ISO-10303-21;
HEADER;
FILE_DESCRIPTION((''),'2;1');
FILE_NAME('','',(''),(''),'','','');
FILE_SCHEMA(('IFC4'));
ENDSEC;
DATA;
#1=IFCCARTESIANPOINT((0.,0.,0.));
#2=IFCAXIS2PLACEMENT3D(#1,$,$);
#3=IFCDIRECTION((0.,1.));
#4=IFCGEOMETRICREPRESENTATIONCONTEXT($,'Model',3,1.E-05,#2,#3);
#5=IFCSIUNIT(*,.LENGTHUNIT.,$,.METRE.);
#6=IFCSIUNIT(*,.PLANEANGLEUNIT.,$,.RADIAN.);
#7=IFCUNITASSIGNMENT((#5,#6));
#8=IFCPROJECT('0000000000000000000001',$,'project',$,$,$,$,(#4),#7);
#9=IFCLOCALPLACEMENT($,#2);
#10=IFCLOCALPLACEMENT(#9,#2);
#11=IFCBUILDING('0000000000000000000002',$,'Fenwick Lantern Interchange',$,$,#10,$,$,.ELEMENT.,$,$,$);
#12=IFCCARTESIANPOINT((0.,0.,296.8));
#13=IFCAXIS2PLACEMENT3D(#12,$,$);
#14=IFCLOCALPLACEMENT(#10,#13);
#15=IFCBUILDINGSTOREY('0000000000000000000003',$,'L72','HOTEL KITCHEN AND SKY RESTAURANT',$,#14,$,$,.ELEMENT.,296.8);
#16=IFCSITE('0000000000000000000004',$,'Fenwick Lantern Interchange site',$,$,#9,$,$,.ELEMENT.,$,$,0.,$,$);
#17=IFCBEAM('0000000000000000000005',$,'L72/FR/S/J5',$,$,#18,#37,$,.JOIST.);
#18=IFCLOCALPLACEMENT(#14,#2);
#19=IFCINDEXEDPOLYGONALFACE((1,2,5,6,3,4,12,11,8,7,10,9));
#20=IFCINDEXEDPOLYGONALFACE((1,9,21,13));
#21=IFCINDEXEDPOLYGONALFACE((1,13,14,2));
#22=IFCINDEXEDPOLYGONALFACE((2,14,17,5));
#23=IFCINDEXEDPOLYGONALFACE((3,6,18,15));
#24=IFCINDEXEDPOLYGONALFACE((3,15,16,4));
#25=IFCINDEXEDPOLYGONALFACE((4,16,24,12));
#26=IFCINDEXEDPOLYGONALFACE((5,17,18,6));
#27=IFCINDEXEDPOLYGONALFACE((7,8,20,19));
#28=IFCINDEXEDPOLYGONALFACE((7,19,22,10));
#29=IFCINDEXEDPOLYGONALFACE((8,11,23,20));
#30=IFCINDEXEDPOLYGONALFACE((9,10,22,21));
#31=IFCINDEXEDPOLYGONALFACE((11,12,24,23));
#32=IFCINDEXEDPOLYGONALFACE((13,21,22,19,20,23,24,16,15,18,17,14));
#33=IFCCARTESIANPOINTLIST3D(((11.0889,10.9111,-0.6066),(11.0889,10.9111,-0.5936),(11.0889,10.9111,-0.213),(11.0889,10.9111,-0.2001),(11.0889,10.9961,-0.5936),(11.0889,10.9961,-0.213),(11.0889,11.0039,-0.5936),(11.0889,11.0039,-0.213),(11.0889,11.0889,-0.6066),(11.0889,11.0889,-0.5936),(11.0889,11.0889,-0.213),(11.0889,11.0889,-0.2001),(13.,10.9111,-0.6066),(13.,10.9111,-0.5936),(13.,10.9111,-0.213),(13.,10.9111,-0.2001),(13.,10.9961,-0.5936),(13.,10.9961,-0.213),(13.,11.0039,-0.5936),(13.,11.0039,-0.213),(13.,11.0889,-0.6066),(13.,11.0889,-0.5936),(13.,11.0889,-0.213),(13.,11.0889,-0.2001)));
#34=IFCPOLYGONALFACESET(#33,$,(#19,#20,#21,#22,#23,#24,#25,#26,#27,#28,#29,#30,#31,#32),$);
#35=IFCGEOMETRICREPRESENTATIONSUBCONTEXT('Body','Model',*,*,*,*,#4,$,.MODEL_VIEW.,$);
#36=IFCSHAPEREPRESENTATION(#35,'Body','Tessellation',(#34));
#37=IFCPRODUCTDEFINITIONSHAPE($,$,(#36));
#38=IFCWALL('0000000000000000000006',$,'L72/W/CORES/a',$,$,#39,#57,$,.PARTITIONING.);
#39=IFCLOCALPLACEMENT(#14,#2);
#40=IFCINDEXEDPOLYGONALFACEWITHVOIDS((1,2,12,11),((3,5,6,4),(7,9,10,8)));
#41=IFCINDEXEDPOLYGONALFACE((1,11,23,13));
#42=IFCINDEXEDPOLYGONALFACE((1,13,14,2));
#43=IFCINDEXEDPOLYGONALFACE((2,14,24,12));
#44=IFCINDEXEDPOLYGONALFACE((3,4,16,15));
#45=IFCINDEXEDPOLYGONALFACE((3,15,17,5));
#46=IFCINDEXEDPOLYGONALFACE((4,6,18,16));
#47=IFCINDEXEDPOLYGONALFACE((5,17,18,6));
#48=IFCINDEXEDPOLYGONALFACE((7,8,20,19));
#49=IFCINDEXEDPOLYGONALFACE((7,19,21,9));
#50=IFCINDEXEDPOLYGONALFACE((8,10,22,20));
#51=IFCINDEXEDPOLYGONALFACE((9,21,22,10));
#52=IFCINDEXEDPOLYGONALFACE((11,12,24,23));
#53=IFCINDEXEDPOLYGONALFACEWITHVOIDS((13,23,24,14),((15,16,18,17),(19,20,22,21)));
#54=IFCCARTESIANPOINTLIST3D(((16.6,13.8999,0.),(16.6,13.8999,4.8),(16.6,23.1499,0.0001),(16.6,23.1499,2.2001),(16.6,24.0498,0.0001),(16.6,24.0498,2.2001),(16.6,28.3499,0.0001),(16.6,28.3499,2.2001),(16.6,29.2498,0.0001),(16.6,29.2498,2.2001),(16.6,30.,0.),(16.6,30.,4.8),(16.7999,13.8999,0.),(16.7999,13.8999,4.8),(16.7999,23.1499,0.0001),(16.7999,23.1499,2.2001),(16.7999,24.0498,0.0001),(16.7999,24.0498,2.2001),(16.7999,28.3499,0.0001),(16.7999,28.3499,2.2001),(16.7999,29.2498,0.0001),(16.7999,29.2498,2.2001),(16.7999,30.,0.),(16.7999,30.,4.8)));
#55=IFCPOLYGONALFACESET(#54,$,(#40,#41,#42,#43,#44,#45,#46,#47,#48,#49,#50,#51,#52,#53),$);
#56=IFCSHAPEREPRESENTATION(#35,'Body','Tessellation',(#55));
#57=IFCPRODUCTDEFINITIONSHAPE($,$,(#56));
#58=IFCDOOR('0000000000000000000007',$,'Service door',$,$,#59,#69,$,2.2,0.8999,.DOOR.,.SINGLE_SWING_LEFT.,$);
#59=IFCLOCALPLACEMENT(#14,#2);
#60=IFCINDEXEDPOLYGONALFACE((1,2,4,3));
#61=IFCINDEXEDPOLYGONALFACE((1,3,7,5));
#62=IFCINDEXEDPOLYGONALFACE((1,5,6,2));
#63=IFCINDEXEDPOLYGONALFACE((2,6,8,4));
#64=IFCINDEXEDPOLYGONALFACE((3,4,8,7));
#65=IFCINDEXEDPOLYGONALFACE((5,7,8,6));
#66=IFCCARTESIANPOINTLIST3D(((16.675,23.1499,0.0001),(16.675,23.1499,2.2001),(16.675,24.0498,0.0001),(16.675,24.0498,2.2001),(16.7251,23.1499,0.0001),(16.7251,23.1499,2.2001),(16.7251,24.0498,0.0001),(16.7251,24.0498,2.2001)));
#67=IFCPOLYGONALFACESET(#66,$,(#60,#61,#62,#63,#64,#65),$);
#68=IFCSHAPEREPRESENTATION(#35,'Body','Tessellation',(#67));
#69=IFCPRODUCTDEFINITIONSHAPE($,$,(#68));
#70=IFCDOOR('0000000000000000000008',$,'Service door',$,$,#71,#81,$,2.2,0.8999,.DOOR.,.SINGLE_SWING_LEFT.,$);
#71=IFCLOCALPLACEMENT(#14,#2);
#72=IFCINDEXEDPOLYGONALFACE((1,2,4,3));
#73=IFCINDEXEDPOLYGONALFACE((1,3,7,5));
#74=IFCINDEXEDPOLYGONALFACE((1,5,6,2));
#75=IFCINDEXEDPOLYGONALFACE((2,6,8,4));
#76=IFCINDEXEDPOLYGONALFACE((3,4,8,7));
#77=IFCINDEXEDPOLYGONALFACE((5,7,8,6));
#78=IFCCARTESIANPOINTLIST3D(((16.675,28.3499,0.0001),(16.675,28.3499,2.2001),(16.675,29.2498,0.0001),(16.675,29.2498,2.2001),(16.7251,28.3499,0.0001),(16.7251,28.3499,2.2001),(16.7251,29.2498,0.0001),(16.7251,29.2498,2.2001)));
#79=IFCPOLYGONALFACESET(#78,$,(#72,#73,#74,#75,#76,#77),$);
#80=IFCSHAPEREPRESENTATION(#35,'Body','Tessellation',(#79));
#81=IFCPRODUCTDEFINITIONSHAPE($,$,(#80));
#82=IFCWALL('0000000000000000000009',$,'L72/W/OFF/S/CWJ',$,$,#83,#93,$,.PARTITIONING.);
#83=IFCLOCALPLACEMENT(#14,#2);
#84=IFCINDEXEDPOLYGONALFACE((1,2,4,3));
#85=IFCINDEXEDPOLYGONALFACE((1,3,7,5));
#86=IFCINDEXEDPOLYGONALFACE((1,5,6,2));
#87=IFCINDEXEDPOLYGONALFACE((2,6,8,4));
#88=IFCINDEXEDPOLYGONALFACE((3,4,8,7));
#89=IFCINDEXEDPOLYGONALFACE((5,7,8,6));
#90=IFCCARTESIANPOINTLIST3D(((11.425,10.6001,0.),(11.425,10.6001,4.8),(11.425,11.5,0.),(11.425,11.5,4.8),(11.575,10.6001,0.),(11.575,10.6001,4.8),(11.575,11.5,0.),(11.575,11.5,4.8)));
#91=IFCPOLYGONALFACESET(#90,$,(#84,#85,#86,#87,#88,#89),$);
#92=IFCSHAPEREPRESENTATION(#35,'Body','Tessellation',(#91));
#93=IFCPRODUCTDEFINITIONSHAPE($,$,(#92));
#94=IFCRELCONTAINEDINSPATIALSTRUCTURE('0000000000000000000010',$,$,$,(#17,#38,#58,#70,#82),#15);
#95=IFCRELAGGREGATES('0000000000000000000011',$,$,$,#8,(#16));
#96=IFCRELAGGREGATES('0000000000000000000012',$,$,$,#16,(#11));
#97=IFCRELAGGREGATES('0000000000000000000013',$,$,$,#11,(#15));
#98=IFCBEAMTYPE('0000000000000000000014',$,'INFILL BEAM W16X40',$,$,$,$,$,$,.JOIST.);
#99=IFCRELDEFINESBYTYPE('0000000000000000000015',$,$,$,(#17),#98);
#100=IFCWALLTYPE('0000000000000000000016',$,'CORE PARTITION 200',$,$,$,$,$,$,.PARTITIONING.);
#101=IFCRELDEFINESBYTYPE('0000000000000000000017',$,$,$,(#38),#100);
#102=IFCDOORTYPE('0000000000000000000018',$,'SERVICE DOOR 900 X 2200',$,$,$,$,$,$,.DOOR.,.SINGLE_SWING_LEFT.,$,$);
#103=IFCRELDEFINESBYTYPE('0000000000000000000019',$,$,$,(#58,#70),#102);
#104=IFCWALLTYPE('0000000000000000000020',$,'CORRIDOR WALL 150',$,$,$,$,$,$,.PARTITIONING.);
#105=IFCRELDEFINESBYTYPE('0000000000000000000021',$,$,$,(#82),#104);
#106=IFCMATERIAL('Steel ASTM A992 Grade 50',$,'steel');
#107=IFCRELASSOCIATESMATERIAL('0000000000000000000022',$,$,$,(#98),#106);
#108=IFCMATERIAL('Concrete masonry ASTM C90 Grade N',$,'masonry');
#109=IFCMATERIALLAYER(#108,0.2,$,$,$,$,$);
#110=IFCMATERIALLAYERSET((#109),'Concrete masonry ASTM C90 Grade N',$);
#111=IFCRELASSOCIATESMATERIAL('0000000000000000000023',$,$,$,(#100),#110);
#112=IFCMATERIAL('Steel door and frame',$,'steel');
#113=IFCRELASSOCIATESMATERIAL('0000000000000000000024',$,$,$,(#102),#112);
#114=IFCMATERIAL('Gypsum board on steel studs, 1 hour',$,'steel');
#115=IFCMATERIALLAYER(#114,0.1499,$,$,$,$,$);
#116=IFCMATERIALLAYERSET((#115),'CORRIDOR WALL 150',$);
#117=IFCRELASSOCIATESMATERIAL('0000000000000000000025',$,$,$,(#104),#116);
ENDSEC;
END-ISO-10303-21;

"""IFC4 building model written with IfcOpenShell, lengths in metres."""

from ifc_helpers import new_model, si_unit, direction, frame, frame_2d, origin, origin_2d, place, context, subcontext, project, spatial, rectangle, i_section, extrude, material, layer, layer_set, material_profile, profile_set, type_object, element, fill, save


model = new_model("IFC4")

# Units and contexts
model_context = context("Model", 3, precision=1e-05, world=origin(), true_north=direction((0.0, 1.0)))
body_context = subcontext(model_context, "Body", "Model", "MODEL_VIEW")
ifc_project = project(units=[si_unit("LENGTHUNIT", "METRE"), si_unit("PLANEANGLEUNIT", "RADIAN")], contexts=[model_context])

# Site, building, storey
site_placement = place(None, origin())
site = spatial("IfcSite", under=ifc_project, at=site_placement, Name="Fenwick Lantern Interchange site", CompositionType="ELEMENT", RefElevation=0.0)
building_placement = place(site_placement, origin())
building = spatial("IfcBuilding", under=site, at=building_placement, Name="Fenwick Lantern Interchange", CompositionType="ELEMENT")
storey_placement = place(building_placement, frame((0.0, 0.0, 296.8)))
storey = spatial("IfcBuildingStorey", under=building, at=storey_placement, Name="L72", Description="HOTEL KITCHEN AND SKY RESTAURANT", CompositionType="ELEMENT", Elevation=296.8)

# Beam
ifc_material_1 = material(Name="Steel ASTM A992 Grade 50", Category="steel")
ifc_material_profile = material_profile(ifc_material_1, i_section(OverallWidth=0.1777, OverallDepth=0.4065, WebThickness=0.0078, FlangeThickness=0.0129, at=origin_2d()), Name="W16X40")
ifc_profile_set = profile_set([ifc_material_profile], Name="Steel ASTM A992 Grade 50")
beam_type = type_object("IfcBeamType", Name="INFILL BEAM W16X40", PredefinedType="JOIST", material=ifc_profile_set)
beam_placement = place(storey_placement, frame((11.0889, 11.0, -0.4033), z_axis=(1.0, 0.0, 0.0), x_axis=(0.0, 1.0, 0.0)))
element("IfcBeam", 1, at=beam_placement, inside=storey, type_object=beam_type, Name="L72/FR/S/J5", PredefinedType="JOIST", context=body_context, shape_type="SweptSolid", body=[
    extrude(i_section(OverallWidth=0.1777, OverallDepth=0.4065, WebThickness=0.0078, FlangeThickness=0.0129, at=origin_2d()), origin(), (0.0, 0.0, 1.0), 1.9111),
])

# Wall, openings, doors
ifc_material_2 = material(Name="Concrete masonry ASTM C90 Grade N", Category="masonry")
ifc_layer_1 = layer(ifc_material_2, 0.2)
ifc_layer_set_1 = layer_set([ifc_layer_1], Name="Concrete masonry ASTM C90 Grade N")
wall_type_1 = type_object("IfcWallType", Name="CORE PARTITION 200", PredefinedType="PARTITIONING", material=ifc_layer_set_1)
wall_1_placement = place(storey_placement, frame((16.7, 13.8999, 0.0), z_axis=(0.0, 0.0, 1.0), x_axis=(0.0, 1.0, 0.0)))
wall_1 = element("IfcWall", 2, at=wall_1_placement, inside=storey, type_object=wall_type_1, Name="L72/W/CORES/a", PredefinedType="PARTITIONING", context=body_context, shape_type="SweptSolid", body=[
    extrude(rectangle(XDim=16.1001, YDim=0.2, at=frame_2d((8.05, 0.0))), origin(), (0.0, 0.0, 1.0), 4.8),
])
opening_1_placement = place(wall_1_placement, frame((9.25, 0.0, 0.0)))
opening_1 = element("IfcOpeningElement", 3, at=opening_1_placement, cuts=wall_1, PredefinedType="OPENING", context=body_context, shape_type="SweptSolid", body=[
    extrude(rectangle(XDim=0.8999, YDim=2.2, at=frame_2d((0.45, 1.1001))), frame((0.0, 0.1099, 0.0), z_axis=(0.0, -1.0, 0.0), x_axis=(1.0, 0.0, 0.0)), (0.0, 0.0, 1.0), 0.22),
])
opening_2_placement = place(wall_1_placement, frame((14.45, 0.0, 0.0)))
opening_2 = element("IfcOpeningElement", 4, at=opening_2_placement, cuts=wall_1, PredefinedType="OPENING", context=body_context, shape_type="SweptSolid", body=[
    extrude(rectangle(XDim=0.8999, YDim=2.2, at=frame_2d((0.45, 1.1001))), frame((0.0, 0.1099, 0.0), z_axis=(0.0, -1.0, 0.0), x_axis=(1.0, 0.0, 0.0)), (0.0, 0.0, 1.0), 0.22),
])
ifc_material_3 = material(Name="Steel door and frame", Category="steel")
door_type_1 = type_object("IfcDoorType", Name="SERVICE DOOR 900 X 2200", OperationType="SINGLE_SWING_LEFT", PredefinedType="DOOR", material=ifc_material_3)
door_1_placement = place(opening_1_placement, origin())
door_1 = element("IfcDoor", 5, at=door_1_placement, inside=storey, type_object=door_type_1, Name="Service door", OperationType="SINGLE_SWING_LEFT", OverallHeight=2.2, OverallWidth=0.8999, PredefinedType="DOOR", context=body_context, shape_type="SweptSolid", body=[
    extrude(rectangle(XDim=0.8999, YDim=2.2, at=frame_2d((0.45, 1.1001))), frame((0.0, 0.0249, 0.0), z_axis=(0.0, -1.0, 0.0), x_axis=(1.0, 0.0, 0.0)), (0.0, 0.0, 1.0), 0.05),
])
fill(opening_1, door_1)
door_2_placement = place(opening_2_placement, origin())
door_2 = element("IfcDoor", 6, at=door_2_placement, inside=storey, type_object=door_type_1, Name="Service door", OperationType="SINGLE_SWING_LEFT", OverallHeight=2.2, OverallWidth=0.8999, PredefinedType="DOOR", context=body_context, shape_type="SweptSolid", body=[
    extrude(rectangle(XDim=0.8999, YDim=2.2, at=frame_2d((0.45, 1.1001))), frame((0.0, 0.0249, 0.0), z_axis=(0.0, -1.0, 0.0), x_axis=(1.0, 0.0, 0.0)), (0.0, 0.0, 1.0), 0.05),
])
fill(opening_2, door_2)

# Wall
ifc_material_4 = material(Name="Gypsum board on steel studs, 1 hour", Category="steel")
ifc_layer_2 = layer(ifc_material_4, 0.1499)
ifc_layer_set_2 = layer_set([ifc_layer_2], Name="CORRIDOR WALL 150")
wall_type_2 = type_object("IfcWallType", Name="CORRIDOR WALL 150", PredefinedType="PARTITIONING", material=ifc_layer_set_2)
wall_2_placement = place(storey_placement, frame((11.5, 11.5, 0.0), z_axis=(0.0, 0.0, 1.0), x_axis=(0.0, -1.0, 0.0)))
element("IfcWall", 7, at=wall_2_placement, inside=storey, type_object=wall_type_2, Name="L72/W/OFF/S/CWJ", PredefinedType="PARTITIONING", context=body_context, shape_type="SweptSolid", body=[
    extrude(rectangle(XDim=0.8999, YDim=0.1499, at=frame_2d((0.45, 0.0))), origin(), (0.0, 0.0, 1.0), 4.8),
])

save(model, "model.ifc")
